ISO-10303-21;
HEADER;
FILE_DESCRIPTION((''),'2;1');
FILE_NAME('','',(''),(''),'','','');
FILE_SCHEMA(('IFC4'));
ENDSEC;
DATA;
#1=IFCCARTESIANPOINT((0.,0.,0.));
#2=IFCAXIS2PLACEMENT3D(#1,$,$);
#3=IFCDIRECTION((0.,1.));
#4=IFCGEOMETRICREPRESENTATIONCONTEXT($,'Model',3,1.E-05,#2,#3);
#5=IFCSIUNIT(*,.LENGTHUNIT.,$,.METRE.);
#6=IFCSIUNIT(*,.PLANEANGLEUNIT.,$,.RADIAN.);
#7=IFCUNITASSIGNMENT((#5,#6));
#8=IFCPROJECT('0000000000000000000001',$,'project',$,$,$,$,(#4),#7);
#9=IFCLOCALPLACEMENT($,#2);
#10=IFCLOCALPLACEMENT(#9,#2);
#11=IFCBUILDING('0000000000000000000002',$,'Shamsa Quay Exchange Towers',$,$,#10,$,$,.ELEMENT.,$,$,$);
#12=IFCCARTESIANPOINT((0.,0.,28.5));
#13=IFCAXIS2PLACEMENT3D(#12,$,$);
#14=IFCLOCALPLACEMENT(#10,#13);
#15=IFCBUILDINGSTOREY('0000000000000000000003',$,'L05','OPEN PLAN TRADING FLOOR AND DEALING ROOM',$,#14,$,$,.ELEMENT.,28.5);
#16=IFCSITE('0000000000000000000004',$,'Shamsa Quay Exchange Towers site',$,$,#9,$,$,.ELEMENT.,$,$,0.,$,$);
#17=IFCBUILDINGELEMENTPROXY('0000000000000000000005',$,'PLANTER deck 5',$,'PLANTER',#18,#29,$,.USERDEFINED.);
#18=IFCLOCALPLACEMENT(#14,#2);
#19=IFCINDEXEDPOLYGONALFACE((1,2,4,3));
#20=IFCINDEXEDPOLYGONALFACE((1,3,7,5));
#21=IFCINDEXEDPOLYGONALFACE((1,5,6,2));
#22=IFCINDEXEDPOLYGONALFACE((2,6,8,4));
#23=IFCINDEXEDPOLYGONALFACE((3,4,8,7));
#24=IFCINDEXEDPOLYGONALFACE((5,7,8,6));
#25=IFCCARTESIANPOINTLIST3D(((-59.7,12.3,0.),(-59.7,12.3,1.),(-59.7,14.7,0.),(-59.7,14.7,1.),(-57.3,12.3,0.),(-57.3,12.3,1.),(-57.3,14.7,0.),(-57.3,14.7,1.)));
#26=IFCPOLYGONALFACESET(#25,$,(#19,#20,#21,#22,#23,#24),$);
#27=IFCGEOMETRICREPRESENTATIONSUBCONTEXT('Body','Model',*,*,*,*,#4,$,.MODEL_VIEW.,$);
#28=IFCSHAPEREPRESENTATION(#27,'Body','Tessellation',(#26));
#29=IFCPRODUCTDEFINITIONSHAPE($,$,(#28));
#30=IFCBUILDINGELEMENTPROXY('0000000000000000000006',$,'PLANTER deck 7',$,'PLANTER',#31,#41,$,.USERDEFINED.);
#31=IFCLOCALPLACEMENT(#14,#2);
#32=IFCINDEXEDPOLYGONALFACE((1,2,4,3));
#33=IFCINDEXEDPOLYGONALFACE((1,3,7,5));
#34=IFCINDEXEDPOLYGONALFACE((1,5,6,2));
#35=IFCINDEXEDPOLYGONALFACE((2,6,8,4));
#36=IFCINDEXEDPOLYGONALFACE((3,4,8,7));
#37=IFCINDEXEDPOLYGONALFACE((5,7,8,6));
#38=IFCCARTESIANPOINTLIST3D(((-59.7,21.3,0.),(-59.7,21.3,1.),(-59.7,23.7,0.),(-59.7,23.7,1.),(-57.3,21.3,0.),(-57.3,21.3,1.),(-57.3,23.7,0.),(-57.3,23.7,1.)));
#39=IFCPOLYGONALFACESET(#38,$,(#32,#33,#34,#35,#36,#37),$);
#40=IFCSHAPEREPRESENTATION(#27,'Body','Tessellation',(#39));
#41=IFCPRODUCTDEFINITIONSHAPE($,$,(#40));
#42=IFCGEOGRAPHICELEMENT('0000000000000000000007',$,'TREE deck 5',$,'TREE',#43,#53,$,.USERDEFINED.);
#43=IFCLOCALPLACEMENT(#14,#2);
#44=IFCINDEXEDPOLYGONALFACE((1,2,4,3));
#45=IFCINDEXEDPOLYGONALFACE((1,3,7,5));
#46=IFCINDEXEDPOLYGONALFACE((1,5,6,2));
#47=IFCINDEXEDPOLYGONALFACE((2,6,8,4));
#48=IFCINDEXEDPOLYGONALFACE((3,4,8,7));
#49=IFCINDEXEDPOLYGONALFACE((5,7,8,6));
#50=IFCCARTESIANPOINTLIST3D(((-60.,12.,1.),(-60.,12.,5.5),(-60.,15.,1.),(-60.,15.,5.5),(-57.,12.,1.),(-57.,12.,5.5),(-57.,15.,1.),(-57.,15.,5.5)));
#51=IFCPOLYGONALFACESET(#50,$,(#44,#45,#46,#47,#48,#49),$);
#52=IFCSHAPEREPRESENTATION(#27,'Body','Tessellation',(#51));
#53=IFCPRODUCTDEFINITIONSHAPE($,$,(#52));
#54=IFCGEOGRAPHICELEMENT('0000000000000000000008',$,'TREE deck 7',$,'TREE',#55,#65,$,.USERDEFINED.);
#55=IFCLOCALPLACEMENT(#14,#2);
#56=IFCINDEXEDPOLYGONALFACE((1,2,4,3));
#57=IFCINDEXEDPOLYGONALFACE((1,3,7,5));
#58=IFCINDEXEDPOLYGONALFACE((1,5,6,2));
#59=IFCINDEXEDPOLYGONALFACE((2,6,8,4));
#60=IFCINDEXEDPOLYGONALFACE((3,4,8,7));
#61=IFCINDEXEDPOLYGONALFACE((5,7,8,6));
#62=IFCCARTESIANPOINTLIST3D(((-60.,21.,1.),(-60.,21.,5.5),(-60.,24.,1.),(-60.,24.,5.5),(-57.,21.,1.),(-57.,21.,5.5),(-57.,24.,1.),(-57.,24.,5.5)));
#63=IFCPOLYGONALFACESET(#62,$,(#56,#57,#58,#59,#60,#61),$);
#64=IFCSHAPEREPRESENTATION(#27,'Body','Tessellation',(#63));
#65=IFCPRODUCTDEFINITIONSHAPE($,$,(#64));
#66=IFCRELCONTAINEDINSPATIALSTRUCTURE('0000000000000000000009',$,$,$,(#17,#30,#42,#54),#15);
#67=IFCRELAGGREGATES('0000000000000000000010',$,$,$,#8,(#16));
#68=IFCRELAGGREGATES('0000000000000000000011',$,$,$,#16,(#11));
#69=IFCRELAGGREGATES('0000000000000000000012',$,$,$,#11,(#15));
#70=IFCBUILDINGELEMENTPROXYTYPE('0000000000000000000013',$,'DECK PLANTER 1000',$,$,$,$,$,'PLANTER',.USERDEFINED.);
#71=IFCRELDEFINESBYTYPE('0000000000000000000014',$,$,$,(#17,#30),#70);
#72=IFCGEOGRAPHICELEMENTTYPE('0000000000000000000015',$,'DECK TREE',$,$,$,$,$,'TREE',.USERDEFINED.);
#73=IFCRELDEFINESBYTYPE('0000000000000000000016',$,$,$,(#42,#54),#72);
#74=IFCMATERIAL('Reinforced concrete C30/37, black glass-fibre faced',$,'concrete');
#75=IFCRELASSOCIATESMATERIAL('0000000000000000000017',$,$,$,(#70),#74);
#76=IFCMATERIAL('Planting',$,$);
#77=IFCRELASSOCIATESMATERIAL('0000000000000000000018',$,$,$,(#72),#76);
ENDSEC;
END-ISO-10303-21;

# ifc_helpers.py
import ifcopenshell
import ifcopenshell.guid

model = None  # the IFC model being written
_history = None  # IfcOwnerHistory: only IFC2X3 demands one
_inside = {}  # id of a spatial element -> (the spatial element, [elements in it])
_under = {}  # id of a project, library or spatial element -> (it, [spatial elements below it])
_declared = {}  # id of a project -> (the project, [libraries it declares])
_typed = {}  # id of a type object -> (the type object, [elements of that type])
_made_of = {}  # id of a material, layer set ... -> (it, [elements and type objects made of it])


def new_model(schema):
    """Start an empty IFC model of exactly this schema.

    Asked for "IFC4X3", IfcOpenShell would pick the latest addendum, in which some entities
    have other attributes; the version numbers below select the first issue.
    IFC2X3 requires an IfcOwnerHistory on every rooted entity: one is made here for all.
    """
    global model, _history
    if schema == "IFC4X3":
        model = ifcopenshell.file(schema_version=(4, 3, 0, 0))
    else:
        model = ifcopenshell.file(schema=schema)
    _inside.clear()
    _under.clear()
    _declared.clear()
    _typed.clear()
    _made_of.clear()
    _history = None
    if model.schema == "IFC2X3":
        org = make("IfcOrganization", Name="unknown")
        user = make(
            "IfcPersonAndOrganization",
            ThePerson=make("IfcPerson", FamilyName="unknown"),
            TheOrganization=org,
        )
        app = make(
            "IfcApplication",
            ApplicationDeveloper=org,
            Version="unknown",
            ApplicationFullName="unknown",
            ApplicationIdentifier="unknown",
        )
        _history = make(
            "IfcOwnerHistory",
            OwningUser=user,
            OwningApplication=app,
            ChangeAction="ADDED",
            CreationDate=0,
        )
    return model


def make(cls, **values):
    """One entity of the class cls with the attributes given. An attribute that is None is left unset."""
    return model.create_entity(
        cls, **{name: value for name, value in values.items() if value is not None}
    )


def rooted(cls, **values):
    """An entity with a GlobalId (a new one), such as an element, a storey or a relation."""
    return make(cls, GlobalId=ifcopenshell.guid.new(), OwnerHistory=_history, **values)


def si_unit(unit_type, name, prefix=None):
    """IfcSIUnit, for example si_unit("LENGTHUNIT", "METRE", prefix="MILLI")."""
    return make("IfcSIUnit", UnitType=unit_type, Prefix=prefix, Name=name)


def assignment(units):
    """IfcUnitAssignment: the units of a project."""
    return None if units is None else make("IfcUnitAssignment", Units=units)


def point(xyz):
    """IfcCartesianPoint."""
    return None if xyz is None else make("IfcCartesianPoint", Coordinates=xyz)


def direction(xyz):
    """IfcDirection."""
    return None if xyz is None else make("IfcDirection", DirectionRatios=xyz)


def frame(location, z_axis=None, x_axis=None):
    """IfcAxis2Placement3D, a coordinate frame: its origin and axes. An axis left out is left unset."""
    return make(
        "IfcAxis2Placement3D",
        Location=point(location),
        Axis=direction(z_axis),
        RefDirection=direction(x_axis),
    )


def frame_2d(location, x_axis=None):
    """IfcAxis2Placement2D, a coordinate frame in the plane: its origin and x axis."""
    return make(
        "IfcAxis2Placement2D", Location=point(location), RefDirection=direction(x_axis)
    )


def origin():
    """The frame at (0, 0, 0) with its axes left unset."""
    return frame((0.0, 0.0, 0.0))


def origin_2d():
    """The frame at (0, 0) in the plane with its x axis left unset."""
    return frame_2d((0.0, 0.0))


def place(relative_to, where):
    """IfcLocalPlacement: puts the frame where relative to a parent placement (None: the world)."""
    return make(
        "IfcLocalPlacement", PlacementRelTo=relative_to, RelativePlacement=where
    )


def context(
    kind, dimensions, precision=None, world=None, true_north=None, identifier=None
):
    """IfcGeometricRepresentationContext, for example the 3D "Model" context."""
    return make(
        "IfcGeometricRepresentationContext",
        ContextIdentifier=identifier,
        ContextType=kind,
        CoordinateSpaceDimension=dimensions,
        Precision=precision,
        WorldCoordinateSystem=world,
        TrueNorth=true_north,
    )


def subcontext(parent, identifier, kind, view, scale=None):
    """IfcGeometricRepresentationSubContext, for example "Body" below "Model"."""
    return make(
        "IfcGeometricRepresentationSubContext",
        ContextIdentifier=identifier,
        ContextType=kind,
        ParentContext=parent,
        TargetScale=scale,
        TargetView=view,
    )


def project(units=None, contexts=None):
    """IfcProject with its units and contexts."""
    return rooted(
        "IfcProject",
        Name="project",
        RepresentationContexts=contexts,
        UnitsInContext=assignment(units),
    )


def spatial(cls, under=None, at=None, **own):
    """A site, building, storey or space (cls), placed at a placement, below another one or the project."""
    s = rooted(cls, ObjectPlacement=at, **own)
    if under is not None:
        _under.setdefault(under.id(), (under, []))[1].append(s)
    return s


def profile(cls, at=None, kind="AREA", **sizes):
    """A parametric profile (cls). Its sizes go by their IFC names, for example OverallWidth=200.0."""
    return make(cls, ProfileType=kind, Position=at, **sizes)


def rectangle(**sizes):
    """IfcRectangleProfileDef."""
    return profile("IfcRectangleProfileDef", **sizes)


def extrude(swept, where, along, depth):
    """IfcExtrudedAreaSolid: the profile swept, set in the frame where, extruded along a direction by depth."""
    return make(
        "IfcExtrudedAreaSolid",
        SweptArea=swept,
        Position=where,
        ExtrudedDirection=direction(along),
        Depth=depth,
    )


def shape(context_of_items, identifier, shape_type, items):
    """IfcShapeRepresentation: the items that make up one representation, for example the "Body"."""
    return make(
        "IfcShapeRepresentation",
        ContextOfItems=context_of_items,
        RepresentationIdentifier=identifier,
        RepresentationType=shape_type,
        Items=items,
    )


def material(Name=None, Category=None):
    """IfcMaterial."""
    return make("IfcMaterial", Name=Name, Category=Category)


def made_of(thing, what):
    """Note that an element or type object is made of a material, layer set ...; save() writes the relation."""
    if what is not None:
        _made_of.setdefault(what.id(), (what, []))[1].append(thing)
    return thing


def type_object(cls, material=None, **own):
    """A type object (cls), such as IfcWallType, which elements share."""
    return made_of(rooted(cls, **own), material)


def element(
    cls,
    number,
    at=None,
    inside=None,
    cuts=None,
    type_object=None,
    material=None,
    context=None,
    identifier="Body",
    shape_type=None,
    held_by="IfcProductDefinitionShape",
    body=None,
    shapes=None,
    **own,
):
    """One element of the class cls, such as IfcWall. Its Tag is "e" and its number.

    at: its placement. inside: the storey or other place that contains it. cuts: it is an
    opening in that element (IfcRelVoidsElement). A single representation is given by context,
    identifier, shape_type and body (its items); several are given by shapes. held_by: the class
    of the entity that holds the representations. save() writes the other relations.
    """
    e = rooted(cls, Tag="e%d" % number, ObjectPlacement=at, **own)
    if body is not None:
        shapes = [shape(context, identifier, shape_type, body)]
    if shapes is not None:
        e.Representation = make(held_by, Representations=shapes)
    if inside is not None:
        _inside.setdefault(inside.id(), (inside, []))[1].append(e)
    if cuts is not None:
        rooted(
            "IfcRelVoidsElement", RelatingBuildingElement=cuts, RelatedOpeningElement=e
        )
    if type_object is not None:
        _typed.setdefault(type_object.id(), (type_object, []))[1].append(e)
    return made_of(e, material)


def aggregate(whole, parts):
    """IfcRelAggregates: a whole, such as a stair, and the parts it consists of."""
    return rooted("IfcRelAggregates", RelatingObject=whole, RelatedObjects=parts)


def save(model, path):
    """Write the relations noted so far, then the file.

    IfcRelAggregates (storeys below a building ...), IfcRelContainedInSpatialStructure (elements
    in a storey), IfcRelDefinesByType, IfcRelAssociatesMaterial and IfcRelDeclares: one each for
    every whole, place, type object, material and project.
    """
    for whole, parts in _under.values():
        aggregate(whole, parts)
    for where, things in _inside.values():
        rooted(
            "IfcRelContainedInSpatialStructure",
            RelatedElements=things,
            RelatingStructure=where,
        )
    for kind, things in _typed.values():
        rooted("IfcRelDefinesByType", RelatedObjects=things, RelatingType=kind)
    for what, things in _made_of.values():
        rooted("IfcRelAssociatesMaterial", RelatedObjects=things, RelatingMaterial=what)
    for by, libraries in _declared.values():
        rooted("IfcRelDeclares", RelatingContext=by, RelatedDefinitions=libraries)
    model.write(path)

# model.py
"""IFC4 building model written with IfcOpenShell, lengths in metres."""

from ifc_helpers import new_model, si_unit, direction, frame, origin, origin_2d, place, context, subcontext, project, spatial, rectangle, extrude, material, type_object, element, save


model = new_model("IFC4")

# Units and contexts
model_context = context("Model", 3, precision=1e-05, world=origin(), true_north=direction((0.0, 1.0)))
body_context = subcontext(model_context, "Body", "Model", "MODEL_VIEW")
ifc_project = project(units=[si_unit("LENGTHUNIT", "METRE"), si_unit("PLANEANGLEUNIT", "RADIAN")], contexts=[model_context])

# Site, building, storey
site_placement = place(None, origin())
site = spatial("IfcSite", under=ifc_project, at=site_placement, Name="Shamsa Quay Exchange Towers site", CompositionType="ELEMENT", RefElevation=0.0)
building_placement = place(site_placement, origin())
building = spatial("IfcBuilding", under=site, at=building_placement, Name="Shamsa Quay Exchange Towers", CompositionType="ELEMENT")
storey_placement = place(building_placement, frame((0.0, 0.0, 28.5)))
storey = spatial("IfcBuildingStorey", under=building, at=storey_placement, Name="L05", Description="OPEN PLAN TRADING FLOOR AND DEALING ROOM", CompositionType="ELEMENT", Elevation=28.5)

# Building element proxies
ifc_material_1 = material(Name="Reinforced concrete C30/37, black glass-fibre faced", Category="concrete")
building_element_proxy_type = type_object("IfcBuildingElementProxyType", Name="DECK PLANTER 1000", ElementType="PLANTER", PredefinedType="USERDEFINED", material=ifc_material_1)
for number, where, name in (
    (1, (-58.5, 13.5, 0.0), "PLANTER deck 5"),
    (2, (-58.5, 22.5, 0.0), "PLANTER deck 7"),
):
    element("IfcBuildingElementProxy", number, at=place(storey_placement, frame(where)), inside=storey, type_object=building_element_proxy_type, Name=name, ObjectType="PLANTER", PredefinedType="USERDEFINED", context=body_context, shape_type="SweptSolid", body=[
        extrude(rectangle(XDim=2.3999, YDim=2.3999, at=origin_2d()), origin(), (0.0, 0.0, 1.0), 1.0),
    ])

# Geographic elements
ifc_material_2 = material(Name="Planting")
geographic_element_type = type_object("IfcGeographicElementType", Name="DECK TREE", ElementType="TREE", PredefinedType="USERDEFINED", material=ifc_material_2)
for number, where, name in (
    (3, (-58.5, 13.5, 1.0), "TREE deck 5"),
    (4, (-58.5, 22.5, 1.0), "TREE deck 7"),
):
    element("IfcGeographicElement", number, at=place(storey_placement, frame(where)), inside=storey, type_object=geographic_element_type, Name=name, ObjectType="TREE", PredefinedType="USERDEFINED", context=body_context, shape_type="SweptSolid", body=[
        extrude(rectangle(XDim=3.0, YDim=3.0, at=origin_2d()), origin(), (0.0, 0.0, 1.0), 4.5),
    ])

save(model, "model.ifc")
